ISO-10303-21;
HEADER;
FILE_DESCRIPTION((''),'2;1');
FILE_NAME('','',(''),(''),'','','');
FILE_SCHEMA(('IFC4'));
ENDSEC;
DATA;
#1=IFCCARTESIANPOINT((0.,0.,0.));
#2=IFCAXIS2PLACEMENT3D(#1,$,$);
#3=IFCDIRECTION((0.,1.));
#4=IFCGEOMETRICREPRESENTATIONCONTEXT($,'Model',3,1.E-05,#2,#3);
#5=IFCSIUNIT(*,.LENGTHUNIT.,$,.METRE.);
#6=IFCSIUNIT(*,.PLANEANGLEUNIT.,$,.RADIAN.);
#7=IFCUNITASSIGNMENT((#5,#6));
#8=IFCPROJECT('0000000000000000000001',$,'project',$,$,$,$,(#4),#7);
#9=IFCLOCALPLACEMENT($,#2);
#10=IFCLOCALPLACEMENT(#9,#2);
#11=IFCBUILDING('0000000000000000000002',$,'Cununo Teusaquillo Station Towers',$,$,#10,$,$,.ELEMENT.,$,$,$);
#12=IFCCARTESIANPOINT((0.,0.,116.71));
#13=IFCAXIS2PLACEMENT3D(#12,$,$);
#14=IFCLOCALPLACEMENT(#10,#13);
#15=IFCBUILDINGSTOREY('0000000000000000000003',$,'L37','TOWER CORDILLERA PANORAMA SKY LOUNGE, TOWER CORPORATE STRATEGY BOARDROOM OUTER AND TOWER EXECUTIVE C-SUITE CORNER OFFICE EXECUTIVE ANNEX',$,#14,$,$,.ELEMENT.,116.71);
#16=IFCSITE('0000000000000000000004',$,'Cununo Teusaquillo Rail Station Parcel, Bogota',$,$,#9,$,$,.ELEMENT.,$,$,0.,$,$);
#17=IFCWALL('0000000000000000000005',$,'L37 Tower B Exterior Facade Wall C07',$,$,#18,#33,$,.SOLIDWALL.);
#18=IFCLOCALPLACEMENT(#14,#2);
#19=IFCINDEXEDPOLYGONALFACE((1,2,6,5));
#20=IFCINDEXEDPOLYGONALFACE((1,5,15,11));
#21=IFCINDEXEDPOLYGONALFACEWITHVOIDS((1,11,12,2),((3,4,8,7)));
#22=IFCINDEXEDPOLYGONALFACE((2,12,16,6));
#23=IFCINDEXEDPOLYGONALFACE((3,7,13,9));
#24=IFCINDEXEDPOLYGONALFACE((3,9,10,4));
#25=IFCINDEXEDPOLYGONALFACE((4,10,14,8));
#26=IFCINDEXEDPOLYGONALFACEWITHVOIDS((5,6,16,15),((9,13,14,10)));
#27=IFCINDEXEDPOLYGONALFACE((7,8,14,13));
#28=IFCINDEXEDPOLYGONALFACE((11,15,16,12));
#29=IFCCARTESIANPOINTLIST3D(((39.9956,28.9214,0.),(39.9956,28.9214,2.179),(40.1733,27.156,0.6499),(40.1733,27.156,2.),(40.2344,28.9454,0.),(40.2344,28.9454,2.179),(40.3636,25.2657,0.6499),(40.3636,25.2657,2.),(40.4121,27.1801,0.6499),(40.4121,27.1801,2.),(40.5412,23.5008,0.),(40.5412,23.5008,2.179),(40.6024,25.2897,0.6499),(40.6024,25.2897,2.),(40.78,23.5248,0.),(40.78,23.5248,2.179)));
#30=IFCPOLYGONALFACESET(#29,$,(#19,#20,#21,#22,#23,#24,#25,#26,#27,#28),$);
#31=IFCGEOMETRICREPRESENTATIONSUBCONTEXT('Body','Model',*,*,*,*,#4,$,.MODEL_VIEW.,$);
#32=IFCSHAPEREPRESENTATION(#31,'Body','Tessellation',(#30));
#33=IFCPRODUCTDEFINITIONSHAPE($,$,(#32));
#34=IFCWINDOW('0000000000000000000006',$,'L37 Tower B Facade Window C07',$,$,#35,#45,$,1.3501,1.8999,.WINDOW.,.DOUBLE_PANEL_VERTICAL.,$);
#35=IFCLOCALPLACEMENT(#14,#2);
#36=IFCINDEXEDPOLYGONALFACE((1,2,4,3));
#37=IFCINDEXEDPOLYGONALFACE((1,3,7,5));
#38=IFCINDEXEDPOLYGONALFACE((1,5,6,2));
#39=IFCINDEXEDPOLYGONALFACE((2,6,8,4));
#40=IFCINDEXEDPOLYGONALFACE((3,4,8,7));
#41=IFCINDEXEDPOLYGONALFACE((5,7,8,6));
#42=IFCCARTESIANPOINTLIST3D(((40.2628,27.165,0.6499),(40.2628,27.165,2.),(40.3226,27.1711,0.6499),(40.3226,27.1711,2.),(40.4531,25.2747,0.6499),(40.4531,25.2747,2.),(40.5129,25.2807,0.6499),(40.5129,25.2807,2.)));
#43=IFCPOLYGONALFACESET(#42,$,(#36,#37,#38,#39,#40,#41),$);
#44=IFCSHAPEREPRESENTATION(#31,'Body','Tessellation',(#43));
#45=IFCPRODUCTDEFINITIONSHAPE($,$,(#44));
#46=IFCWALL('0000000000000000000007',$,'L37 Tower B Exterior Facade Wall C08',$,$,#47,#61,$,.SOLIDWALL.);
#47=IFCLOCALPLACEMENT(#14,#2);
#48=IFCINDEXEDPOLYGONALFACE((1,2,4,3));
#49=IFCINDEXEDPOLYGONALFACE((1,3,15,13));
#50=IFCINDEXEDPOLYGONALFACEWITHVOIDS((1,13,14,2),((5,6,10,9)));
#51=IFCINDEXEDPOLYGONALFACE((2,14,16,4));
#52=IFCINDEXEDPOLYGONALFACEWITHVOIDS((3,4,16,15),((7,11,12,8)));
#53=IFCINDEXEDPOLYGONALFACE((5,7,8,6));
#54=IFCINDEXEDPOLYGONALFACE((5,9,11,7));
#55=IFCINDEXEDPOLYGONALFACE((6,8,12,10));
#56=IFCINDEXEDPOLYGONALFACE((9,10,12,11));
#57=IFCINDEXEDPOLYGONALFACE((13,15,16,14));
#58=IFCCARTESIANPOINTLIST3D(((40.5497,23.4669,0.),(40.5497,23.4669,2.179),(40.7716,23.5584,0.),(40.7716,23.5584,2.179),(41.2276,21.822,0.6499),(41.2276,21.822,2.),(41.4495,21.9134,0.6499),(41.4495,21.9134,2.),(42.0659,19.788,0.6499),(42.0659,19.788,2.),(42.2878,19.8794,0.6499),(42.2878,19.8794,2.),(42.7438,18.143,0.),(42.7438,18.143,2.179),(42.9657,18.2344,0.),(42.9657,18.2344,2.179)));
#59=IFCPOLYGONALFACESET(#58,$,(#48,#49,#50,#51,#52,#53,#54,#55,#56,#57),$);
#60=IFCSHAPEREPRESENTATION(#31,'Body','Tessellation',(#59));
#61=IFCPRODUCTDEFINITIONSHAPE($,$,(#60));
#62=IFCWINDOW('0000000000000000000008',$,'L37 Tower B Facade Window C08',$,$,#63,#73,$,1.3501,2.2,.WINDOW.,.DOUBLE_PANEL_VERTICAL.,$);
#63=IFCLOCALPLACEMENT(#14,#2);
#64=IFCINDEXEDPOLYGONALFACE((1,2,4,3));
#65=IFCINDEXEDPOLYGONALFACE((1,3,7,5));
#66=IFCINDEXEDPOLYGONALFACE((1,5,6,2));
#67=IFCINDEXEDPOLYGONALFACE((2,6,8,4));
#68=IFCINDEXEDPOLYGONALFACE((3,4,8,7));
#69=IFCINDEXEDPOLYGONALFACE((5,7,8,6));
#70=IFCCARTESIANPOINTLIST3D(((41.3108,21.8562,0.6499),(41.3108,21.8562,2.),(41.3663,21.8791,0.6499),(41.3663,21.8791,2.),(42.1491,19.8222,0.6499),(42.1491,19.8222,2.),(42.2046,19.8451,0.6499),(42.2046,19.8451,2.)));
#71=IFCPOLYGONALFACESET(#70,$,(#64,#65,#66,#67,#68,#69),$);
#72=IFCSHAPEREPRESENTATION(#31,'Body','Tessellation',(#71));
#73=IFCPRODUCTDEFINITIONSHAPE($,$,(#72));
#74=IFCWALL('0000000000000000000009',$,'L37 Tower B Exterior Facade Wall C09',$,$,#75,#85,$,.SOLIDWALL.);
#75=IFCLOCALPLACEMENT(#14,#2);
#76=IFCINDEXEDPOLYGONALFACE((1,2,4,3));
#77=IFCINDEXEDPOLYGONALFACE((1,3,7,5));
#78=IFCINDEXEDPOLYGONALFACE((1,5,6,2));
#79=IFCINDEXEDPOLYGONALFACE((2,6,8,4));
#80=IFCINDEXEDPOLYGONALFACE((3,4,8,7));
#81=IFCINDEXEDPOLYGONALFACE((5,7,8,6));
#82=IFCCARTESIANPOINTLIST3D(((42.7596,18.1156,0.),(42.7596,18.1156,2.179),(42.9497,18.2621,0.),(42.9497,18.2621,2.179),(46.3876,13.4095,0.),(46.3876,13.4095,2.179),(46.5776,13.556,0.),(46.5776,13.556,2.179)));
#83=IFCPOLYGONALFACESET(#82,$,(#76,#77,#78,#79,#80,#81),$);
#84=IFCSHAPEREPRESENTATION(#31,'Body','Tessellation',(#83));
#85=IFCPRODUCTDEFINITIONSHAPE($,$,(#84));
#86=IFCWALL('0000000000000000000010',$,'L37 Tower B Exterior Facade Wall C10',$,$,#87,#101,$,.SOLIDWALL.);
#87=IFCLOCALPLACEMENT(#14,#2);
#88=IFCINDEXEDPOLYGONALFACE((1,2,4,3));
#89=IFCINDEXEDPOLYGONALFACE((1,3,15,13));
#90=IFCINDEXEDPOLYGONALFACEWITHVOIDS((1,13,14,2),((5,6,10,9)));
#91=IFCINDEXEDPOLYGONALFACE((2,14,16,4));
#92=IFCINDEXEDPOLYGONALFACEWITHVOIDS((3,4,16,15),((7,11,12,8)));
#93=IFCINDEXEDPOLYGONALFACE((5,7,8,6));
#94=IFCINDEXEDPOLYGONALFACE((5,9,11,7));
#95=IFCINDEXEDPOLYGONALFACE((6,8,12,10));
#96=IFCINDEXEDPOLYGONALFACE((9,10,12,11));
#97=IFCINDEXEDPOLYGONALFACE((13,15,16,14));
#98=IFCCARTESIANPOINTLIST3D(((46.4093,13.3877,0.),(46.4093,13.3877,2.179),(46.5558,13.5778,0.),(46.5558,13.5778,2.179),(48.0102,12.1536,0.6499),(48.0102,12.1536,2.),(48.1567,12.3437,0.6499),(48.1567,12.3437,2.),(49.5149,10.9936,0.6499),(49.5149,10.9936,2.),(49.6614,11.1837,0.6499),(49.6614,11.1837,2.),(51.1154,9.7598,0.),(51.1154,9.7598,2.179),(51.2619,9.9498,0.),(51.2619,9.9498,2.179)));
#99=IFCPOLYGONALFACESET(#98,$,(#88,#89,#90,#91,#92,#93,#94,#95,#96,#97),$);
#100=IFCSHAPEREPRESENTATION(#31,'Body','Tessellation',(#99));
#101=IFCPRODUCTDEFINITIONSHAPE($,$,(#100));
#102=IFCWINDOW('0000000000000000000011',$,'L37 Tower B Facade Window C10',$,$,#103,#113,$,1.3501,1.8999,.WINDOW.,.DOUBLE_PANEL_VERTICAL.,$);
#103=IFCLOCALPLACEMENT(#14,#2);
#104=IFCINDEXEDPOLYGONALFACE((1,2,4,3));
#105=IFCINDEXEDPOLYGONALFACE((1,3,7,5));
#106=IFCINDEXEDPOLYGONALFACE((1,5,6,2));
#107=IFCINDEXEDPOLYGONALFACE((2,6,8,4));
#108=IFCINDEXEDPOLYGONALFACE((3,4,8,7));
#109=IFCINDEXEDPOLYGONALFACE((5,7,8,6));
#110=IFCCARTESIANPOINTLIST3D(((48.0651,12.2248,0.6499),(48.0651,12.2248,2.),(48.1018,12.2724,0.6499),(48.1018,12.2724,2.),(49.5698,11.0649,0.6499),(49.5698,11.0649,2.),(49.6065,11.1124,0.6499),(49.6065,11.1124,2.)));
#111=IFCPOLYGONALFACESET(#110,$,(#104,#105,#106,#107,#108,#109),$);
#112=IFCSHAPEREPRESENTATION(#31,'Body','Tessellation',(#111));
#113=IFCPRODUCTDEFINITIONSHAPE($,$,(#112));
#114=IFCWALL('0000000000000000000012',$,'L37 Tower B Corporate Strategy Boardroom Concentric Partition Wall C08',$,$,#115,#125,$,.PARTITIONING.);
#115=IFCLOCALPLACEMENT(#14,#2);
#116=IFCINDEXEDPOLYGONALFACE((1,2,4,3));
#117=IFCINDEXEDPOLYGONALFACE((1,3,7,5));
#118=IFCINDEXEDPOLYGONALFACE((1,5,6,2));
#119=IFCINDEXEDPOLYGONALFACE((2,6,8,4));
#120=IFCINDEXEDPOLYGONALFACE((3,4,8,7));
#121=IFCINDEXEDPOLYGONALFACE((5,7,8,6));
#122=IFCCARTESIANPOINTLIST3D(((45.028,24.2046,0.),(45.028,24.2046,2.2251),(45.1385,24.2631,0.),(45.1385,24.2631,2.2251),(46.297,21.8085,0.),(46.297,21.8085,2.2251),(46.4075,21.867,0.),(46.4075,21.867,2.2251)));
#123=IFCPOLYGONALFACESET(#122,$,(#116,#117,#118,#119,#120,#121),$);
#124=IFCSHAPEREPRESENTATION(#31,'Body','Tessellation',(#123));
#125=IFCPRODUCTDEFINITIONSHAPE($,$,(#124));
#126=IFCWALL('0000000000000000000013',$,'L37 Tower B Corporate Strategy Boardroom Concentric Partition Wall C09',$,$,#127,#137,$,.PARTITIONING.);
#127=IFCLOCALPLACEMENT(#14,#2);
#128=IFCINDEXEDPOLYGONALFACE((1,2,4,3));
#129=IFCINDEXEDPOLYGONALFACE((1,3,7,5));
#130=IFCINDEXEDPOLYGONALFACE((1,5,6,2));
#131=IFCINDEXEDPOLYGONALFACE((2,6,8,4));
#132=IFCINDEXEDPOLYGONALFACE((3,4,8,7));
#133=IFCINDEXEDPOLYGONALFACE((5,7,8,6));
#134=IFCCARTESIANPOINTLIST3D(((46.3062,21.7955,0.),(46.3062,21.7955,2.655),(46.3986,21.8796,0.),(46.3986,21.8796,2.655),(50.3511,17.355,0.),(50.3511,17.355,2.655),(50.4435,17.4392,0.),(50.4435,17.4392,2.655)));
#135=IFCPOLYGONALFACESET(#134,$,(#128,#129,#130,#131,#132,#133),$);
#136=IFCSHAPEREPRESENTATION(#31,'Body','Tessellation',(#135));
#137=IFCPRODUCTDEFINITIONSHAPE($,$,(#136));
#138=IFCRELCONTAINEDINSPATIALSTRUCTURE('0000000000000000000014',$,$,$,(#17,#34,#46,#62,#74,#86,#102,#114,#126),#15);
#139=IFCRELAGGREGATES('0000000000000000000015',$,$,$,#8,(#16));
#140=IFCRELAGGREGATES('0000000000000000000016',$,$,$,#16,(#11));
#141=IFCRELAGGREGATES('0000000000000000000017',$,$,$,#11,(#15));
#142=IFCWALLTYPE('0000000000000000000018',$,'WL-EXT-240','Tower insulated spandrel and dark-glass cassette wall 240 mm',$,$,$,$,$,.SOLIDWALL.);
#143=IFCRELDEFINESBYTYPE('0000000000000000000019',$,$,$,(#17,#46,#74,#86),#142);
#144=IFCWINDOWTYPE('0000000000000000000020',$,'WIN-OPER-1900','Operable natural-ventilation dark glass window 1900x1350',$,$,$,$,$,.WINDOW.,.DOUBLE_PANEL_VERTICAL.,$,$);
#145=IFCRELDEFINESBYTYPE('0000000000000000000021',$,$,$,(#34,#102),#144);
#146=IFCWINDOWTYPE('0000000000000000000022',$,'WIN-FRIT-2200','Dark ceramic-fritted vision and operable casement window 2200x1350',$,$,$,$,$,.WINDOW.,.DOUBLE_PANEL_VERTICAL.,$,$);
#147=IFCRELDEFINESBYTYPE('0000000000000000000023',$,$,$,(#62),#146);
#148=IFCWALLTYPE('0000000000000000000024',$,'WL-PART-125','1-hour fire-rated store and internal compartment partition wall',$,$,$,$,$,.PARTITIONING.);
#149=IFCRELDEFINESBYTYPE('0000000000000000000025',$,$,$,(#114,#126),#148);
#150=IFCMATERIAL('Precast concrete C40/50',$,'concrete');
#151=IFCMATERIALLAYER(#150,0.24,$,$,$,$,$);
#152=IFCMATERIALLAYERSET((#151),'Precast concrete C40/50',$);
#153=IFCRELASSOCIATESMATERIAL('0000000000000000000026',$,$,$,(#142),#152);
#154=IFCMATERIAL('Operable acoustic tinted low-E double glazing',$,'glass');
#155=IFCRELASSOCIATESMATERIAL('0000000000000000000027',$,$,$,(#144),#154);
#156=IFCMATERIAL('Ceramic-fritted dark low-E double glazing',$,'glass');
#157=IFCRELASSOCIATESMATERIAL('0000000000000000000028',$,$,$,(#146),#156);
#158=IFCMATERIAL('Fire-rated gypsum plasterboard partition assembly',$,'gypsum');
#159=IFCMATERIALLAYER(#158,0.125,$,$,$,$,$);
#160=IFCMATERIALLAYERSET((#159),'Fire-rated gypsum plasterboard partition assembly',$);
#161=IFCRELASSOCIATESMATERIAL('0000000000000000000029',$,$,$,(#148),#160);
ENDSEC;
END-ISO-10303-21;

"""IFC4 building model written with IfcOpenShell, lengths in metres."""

from ifc_helpers import new_model, si_unit, direction, frame, frame_2d, origin, place, context, subcontext, project, spatial, rectangle, extrude, source, transform, mapped, material, layer, layer_set, type_object, element, fill, save


model = new_model("IFC4")

# Units and contexts
model_context = context("Model", 3, precision=1e-05, world=origin(), true_north=direction((0.0, 1.0)))
body_context = subcontext(model_context, "Body", "Model", "MODEL_VIEW")
ifc_project = project(units=[si_unit("LENGTHUNIT", "METRE"), si_unit("PLANEANGLEUNIT", "RADIAN")], contexts=[model_context])

# Site, building, storey
site_placement = place(None, origin())
site = spatial("IfcSite", under=ifc_project, at=site_placement, Name="Cununo Teusaquillo Rail Station Parcel, Bogota", CompositionType="ELEMENT", RefElevation=0.0)
building_placement = place(site_placement, origin())
building = spatial("IfcBuilding", under=site, at=building_placement, Name="Cununo Teusaquillo Station Towers", CompositionType="ELEMENT")
storey_placement = place(building_placement, frame((0.0, 0.0, 116.71)))
storey = spatial("IfcBuildingStorey", under=building, at=storey_placement, Name="L37", Description="TOWER CORDILLERA PANORAMA SKY LOUNGE, TOWER CORPORATE STRATEGY BOARDROOM OUTER AND TOWER EXECUTIVE C-SUITE CORNER OFFICE EXECUTIVE ANNEX", CompositionType="ELEMENT", Elevation=116.71)

# Shared definitions
ifc_material_1 = material(Name="Precast concrete C40/50", Category="concrete")
ifc_layer_1 = layer(ifc_material_1, 0.24)
ifc_layer_set_1 = layer_set([ifc_layer_1], Name="Precast concrete C40/50")
wall_type_1 = type_object("IfcWallType", Name="WL-EXT-240", Description="Tower insulated spandrel and dark-glass cassette wall 240 mm", PredefinedType="SOLIDWALL", material=ifc_layer_set_1)

# Walls, openings, windows
shared_shape_1 = source(origin(), body_context, "Body", "SweptSolid", [
    extrude(rectangle(XDim=1.8999, YDim=1.3501, at=frame_2d((0.95, 0.675))), frame((0.0, 0.1299, 0.0), z_axis=(0.0, -1.0, 0.0), x_axis=(1.0, 0.0, 0.0)), (0.0, 0.0, 1.0), 0.26),
])
ifc_material_2 = material(Name="Operable acoustic tinted low-E double glazing", Category="glass")
window_type_1 = type_object("IfcWindowType", Name="WIN-OPER-1900", Description="Operable natural-ventilation dark glass window 1900x1350", PartitioningType="DOUBLE_PANEL_VERTICAL", PredefinedType="WINDOW", material=ifc_material_2)
shared_shape_2 = source(origin(), body_context, "Body", "SweptSolid", [
    extrude(rectangle(XDim=1.8999, YDim=1.3501, at=frame_2d((0.95, 0.675))), frame((0.0, 0.03, 0.0), z_axis=(0.0, -1.0, 0.0), x_axis=(1.0, 0.0, 0.0)), (0.0, 0.0, 1.0), 0.0601),
])
wall_1_placement = place(storey_placement, frame((40.6606, 23.5127, 0.0), z_axis=(0.0, 0.0, 1.0), x_axis=(-0.100156, 0.994972, 0.0)))
wall_1 = element("IfcWall", 1, at=wall_1_placement, inside=storey, type_object=wall_type_1, Name="L37 Tower B Exterior Facade Wall C07", PredefinedType="SOLIDWALL", context=body_context, shape_type="SweptSolid", body=[
    extrude(rectangle(XDim=5.448, YDim=0.24, at=frame_2d((2.7241, 0.0))), origin(), (0.0, 0.0, 1.0), 2.179),
])
opening_1_placement = place(wall_1_placement, frame((1.7739, 0.0, 0.6499)))
opening_1 = element("IfcOpeningElement", 2, at=opening_1_placement, cuts=wall_1, PredefinedType="OPENING", context=body_context, shape_type="MappedRepresentation", body=[
    mapped(shared_shape_1, transform((0.0, 0.0, 0.0), x_axis=(1.0, 0.0, 0.0), y_axis=(0.0, 1.0, 0.0), z_axis=(0.0, 0.0, 1.0), scale=1.0)),
])
window_1_placement = place(opening_1_placement, origin())
window_1 = element("IfcWindow", 3, at=window_1_placement, inside=storey, type_object=window_type_1, Name="L37 Tower B Facade Window C07", OverallHeight=1.3501, OverallWidth=1.8999, PartitioningType="DOUBLE_PANEL_VERTICAL", PredefinedType="WINDOW", context=body_context, shape_type="MappedRepresentation", body=[
    mapped(shared_shape_2, transform((0.0, 0.0, 0.0), x_axis=(1.0, 0.0, 0.0), y_axis=(0.0, 1.0, 0.0), z_axis=(0.0, 0.0, 1.0), scale=1.0)),
])
fill(opening_1, window_1)
wall_2_placement = place(storey_placement, frame((42.8547, 18.1887, 0.0), z_axis=(0.0, 0.0, 1.0), x_axis=(-0.381027, 0.924564, 0.0)))
wall_2 = element("IfcWall", 4, at=wall_2_placement, inside=storey, type_object=wall_type_1, Name="L37 Tower B Exterior Facade Wall C08", PredefinedType="SOLIDWALL", context=body_context, shape_type="SweptSolid", body=[
    extrude(rectangle(XDim=5.7583, YDim=0.24, at=frame_2d((2.8792, 0.0))), origin(), (0.0, 0.0, 1.0), 2.179),
])
shared_shape_3 = source(origin(), body_context, "Body", "SweptSolid", [
    extrude(rectangle(XDim=2.2, YDim=1.3501, at=frame_2d((1.1001, 0.675))), frame((0.0, 0.1299, 0.0), z_axis=(0.0, -1.0, 0.0), x_axis=(1.0, 0.0, 0.0)), (0.0, 0.0, 1.0), 0.26),
])
opening_2_placement = place(wall_2_placement, frame((1.7791, 0.0, 0.6499)))
opening_2 = element("IfcOpeningElement", 5, at=opening_2_placement, cuts=wall_2, PredefinedType="OPENING", context=body_context, shape_type="MappedRepresentation", body=[
    mapped(shared_shape_3, transform((0.0, 0.0, 0.0), x_axis=(1.0, 0.0, 0.0), y_axis=(0.0, 1.0, 0.0), z_axis=(0.0, 0.0, 1.0), scale=1.0)),
])
ifc_material_3 = material(Name="Ceramic-fritted dark low-E double glazing", Category="glass")
window_type_2 = type_object("IfcWindowType", Name="WIN-FRIT-2200", Description="Dark ceramic-fritted vision and operable casement window 2200x1350", PartitioningType="DOUBLE_PANEL_VERTICAL", PredefinedType="WINDOW", material=ifc_material_3)
shared_shape_4 = source(origin(), body_context, "Body", "SweptSolid", [
    extrude(rectangle(XDim=2.2, YDim=1.3501, at=frame_2d((1.1001, 0.675))), frame((0.0, 0.03, 0.0), z_axis=(0.0, -1.0, 0.0), x_axis=(1.0, 0.0, 0.0)), (0.0, 0.0, 1.0), 0.0601),
])
window_2_placement = place(opening_2_placement, origin())
window_2 = element("IfcWindow", 6, at=window_2_placement, inside=storey, type_object=window_type_2, Name="L37 Tower B Facade Window C08", OverallHeight=1.3501, OverallWidth=2.2, PartitioningType="DOUBLE_PANEL_VERTICAL", PredefinedType="WINDOW", context=body_context, shape_type="MappedRepresentation", body=[
    mapped(shared_shape_4, transform((0.0, 0.0, 0.0), x_axis=(1.0, 0.0, 0.0), y_axis=(0.0, 1.0, 0.0), z_axis=(0.0, 0.0, 1.0), scale=1.0)),
])
fill(opening_2, window_2)

# Wall
wall_3_placement = place(storey_placement, frame((46.4827, 13.4827, 0.0), z_axis=(0.0, 0.0, 1.0), x_axis=(-0.610544, 0.791982, 0.0)))
element("IfcWall", 7, at=wall_3_placement, inside=storey, type_object=wall_type_1, Name="L37 Tower B Exterior Facade Wall C09", PredefinedType="SOLIDWALL", context=body_context, shape_type="SweptSolid", body=[
    extrude(rectangle(XDim=5.9421, YDim=0.24, at=frame_2d((2.9712, 0.0))), origin(), (0.0, 0.0, 1.0), 2.179),
])

# Wall, opening, window
wall_4_placement = place(storey_placement, frame((51.1887, 9.8547, 0.0), z_axis=(0.0, 0.0, 1.0), x_axis=(-0.791982, 0.610544, 0.0)))
wall_4 = element("IfcWall", 8, at=wall_4_placement, inside=storey, type_object=wall_type_1, Name="L37 Tower B Exterior Facade Wall C10", PredefinedType="SOLIDWALL", context=body_context, shape_type="SweptSolid", body=[
    extrude(rectangle(XDim=5.9421, YDim=0.24, at=frame_2d((2.9712, 0.0))), origin(), (0.0, 0.0, 1.0), 2.179),
])
opening_3_placement = place(wall_4_placement, frame((2.021, 0.0, 0.6499)))
opening_3 = element("IfcOpeningElement", 9, at=opening_3_placement, cuts=wall_4, PredefinedType="OPENING", context=body_context, shape_type="MappedRepresentation", body=[
    mapped(shared_shape_1, transform((0.0, 0.0, 0.0), x_axis=(1.0, 0.0, 0.0), y_axis=(0.0, 1.0, 0.0), z_axis=(0.0, 0.0, 1.0), scale=1.0)),
])
window_3_placement = place(opening_3_placement, origin())
window_3 = element("IfcWindow", 10, at=window_3_placement, inside=storey, type_object=window_type_1, Name="L37 Tower B Facade Window C10", OverallHeight=1.3501, OverallWidth=1.8999, PartitioningType="DOUBLE_PANEL_VERTICAL", PredefinedType="WINDOW", context=body_context, shape_type="MappedRepresentation", body=[
    mapped(shared_shape_2, transform((0.0, 0.0, 0.0), x_axis=(1.0, 0.0, 0.0), y_axis=(0.0, 1.0, 0.0), z_axis=(0.0, 0.0, 1.0), scale=1.0)),
])
fill(opening_3, window_3)

# Walls
ifc_material_4 = material(Name="Fire-rated gypsum plasterboard partition assembly", Category="gypsum")
ifc_layer_2 = layer(ifc_material_4, 0.125)
ifc_layer_set_2 = layer_set([ifc_layer_2], Name="Fire-rated gypsum plasterboard partition assembly")
wall_type_2 = type_object("IfcWallType", Name="WL-PART-125", Description="1-hour fire-rated store and internal compartment partition wall", PredefinedType="PARTITIONING", material=ifc_layer_set_2)
wall_5_placement = place(storey_placement, frame((45.0833, 24.2339, 0.0), z_axis=(0.0, 0.0, 1.0), x_axis=(0.468016, -0.88372, 0.0)))
element("IfcWall", 11, at=wall_5_placement, inside=storey, type_object=wall_type_2, Name="L37 Tower B Corporate Strategy Boardroom Concentric Partition Wall C08", PredefinedType="PARTITIONING", context=body_context, shape_type="SweptSolid", body=[
    extrude(rectangle(XDim=2.7114, YDim=0.125, at=frame_2d((1.3557, 0.0))), origin(), (0.0, 0.0, 1.0), 2.2251),
])
wall_6_placement = place(storey_placement, frame((46.3523, 21.8376, 0.0), z_axis=(0.0, 0.0, 1.0), x_axis=(0.673417, -0.739263, 0.0)))
element("IfcWall", 12, at=wall_6_placement, inside=storey, type_object=wall_type_2, Name="L37 Tower B Corporate Strategy Boardroom Concentric Partition Wall C09", PredefinedType="PARTITIONING", context=body_context, shape_type="SweptSolid", body=[
    extrude(rectangle(XDim=6.0066, YDim=0.125, at=frame_2d((3.0034, 0.0))), origin(), (0.0, 0.0, 1.0), 2.655),
])

save(model, "model.ifc")
